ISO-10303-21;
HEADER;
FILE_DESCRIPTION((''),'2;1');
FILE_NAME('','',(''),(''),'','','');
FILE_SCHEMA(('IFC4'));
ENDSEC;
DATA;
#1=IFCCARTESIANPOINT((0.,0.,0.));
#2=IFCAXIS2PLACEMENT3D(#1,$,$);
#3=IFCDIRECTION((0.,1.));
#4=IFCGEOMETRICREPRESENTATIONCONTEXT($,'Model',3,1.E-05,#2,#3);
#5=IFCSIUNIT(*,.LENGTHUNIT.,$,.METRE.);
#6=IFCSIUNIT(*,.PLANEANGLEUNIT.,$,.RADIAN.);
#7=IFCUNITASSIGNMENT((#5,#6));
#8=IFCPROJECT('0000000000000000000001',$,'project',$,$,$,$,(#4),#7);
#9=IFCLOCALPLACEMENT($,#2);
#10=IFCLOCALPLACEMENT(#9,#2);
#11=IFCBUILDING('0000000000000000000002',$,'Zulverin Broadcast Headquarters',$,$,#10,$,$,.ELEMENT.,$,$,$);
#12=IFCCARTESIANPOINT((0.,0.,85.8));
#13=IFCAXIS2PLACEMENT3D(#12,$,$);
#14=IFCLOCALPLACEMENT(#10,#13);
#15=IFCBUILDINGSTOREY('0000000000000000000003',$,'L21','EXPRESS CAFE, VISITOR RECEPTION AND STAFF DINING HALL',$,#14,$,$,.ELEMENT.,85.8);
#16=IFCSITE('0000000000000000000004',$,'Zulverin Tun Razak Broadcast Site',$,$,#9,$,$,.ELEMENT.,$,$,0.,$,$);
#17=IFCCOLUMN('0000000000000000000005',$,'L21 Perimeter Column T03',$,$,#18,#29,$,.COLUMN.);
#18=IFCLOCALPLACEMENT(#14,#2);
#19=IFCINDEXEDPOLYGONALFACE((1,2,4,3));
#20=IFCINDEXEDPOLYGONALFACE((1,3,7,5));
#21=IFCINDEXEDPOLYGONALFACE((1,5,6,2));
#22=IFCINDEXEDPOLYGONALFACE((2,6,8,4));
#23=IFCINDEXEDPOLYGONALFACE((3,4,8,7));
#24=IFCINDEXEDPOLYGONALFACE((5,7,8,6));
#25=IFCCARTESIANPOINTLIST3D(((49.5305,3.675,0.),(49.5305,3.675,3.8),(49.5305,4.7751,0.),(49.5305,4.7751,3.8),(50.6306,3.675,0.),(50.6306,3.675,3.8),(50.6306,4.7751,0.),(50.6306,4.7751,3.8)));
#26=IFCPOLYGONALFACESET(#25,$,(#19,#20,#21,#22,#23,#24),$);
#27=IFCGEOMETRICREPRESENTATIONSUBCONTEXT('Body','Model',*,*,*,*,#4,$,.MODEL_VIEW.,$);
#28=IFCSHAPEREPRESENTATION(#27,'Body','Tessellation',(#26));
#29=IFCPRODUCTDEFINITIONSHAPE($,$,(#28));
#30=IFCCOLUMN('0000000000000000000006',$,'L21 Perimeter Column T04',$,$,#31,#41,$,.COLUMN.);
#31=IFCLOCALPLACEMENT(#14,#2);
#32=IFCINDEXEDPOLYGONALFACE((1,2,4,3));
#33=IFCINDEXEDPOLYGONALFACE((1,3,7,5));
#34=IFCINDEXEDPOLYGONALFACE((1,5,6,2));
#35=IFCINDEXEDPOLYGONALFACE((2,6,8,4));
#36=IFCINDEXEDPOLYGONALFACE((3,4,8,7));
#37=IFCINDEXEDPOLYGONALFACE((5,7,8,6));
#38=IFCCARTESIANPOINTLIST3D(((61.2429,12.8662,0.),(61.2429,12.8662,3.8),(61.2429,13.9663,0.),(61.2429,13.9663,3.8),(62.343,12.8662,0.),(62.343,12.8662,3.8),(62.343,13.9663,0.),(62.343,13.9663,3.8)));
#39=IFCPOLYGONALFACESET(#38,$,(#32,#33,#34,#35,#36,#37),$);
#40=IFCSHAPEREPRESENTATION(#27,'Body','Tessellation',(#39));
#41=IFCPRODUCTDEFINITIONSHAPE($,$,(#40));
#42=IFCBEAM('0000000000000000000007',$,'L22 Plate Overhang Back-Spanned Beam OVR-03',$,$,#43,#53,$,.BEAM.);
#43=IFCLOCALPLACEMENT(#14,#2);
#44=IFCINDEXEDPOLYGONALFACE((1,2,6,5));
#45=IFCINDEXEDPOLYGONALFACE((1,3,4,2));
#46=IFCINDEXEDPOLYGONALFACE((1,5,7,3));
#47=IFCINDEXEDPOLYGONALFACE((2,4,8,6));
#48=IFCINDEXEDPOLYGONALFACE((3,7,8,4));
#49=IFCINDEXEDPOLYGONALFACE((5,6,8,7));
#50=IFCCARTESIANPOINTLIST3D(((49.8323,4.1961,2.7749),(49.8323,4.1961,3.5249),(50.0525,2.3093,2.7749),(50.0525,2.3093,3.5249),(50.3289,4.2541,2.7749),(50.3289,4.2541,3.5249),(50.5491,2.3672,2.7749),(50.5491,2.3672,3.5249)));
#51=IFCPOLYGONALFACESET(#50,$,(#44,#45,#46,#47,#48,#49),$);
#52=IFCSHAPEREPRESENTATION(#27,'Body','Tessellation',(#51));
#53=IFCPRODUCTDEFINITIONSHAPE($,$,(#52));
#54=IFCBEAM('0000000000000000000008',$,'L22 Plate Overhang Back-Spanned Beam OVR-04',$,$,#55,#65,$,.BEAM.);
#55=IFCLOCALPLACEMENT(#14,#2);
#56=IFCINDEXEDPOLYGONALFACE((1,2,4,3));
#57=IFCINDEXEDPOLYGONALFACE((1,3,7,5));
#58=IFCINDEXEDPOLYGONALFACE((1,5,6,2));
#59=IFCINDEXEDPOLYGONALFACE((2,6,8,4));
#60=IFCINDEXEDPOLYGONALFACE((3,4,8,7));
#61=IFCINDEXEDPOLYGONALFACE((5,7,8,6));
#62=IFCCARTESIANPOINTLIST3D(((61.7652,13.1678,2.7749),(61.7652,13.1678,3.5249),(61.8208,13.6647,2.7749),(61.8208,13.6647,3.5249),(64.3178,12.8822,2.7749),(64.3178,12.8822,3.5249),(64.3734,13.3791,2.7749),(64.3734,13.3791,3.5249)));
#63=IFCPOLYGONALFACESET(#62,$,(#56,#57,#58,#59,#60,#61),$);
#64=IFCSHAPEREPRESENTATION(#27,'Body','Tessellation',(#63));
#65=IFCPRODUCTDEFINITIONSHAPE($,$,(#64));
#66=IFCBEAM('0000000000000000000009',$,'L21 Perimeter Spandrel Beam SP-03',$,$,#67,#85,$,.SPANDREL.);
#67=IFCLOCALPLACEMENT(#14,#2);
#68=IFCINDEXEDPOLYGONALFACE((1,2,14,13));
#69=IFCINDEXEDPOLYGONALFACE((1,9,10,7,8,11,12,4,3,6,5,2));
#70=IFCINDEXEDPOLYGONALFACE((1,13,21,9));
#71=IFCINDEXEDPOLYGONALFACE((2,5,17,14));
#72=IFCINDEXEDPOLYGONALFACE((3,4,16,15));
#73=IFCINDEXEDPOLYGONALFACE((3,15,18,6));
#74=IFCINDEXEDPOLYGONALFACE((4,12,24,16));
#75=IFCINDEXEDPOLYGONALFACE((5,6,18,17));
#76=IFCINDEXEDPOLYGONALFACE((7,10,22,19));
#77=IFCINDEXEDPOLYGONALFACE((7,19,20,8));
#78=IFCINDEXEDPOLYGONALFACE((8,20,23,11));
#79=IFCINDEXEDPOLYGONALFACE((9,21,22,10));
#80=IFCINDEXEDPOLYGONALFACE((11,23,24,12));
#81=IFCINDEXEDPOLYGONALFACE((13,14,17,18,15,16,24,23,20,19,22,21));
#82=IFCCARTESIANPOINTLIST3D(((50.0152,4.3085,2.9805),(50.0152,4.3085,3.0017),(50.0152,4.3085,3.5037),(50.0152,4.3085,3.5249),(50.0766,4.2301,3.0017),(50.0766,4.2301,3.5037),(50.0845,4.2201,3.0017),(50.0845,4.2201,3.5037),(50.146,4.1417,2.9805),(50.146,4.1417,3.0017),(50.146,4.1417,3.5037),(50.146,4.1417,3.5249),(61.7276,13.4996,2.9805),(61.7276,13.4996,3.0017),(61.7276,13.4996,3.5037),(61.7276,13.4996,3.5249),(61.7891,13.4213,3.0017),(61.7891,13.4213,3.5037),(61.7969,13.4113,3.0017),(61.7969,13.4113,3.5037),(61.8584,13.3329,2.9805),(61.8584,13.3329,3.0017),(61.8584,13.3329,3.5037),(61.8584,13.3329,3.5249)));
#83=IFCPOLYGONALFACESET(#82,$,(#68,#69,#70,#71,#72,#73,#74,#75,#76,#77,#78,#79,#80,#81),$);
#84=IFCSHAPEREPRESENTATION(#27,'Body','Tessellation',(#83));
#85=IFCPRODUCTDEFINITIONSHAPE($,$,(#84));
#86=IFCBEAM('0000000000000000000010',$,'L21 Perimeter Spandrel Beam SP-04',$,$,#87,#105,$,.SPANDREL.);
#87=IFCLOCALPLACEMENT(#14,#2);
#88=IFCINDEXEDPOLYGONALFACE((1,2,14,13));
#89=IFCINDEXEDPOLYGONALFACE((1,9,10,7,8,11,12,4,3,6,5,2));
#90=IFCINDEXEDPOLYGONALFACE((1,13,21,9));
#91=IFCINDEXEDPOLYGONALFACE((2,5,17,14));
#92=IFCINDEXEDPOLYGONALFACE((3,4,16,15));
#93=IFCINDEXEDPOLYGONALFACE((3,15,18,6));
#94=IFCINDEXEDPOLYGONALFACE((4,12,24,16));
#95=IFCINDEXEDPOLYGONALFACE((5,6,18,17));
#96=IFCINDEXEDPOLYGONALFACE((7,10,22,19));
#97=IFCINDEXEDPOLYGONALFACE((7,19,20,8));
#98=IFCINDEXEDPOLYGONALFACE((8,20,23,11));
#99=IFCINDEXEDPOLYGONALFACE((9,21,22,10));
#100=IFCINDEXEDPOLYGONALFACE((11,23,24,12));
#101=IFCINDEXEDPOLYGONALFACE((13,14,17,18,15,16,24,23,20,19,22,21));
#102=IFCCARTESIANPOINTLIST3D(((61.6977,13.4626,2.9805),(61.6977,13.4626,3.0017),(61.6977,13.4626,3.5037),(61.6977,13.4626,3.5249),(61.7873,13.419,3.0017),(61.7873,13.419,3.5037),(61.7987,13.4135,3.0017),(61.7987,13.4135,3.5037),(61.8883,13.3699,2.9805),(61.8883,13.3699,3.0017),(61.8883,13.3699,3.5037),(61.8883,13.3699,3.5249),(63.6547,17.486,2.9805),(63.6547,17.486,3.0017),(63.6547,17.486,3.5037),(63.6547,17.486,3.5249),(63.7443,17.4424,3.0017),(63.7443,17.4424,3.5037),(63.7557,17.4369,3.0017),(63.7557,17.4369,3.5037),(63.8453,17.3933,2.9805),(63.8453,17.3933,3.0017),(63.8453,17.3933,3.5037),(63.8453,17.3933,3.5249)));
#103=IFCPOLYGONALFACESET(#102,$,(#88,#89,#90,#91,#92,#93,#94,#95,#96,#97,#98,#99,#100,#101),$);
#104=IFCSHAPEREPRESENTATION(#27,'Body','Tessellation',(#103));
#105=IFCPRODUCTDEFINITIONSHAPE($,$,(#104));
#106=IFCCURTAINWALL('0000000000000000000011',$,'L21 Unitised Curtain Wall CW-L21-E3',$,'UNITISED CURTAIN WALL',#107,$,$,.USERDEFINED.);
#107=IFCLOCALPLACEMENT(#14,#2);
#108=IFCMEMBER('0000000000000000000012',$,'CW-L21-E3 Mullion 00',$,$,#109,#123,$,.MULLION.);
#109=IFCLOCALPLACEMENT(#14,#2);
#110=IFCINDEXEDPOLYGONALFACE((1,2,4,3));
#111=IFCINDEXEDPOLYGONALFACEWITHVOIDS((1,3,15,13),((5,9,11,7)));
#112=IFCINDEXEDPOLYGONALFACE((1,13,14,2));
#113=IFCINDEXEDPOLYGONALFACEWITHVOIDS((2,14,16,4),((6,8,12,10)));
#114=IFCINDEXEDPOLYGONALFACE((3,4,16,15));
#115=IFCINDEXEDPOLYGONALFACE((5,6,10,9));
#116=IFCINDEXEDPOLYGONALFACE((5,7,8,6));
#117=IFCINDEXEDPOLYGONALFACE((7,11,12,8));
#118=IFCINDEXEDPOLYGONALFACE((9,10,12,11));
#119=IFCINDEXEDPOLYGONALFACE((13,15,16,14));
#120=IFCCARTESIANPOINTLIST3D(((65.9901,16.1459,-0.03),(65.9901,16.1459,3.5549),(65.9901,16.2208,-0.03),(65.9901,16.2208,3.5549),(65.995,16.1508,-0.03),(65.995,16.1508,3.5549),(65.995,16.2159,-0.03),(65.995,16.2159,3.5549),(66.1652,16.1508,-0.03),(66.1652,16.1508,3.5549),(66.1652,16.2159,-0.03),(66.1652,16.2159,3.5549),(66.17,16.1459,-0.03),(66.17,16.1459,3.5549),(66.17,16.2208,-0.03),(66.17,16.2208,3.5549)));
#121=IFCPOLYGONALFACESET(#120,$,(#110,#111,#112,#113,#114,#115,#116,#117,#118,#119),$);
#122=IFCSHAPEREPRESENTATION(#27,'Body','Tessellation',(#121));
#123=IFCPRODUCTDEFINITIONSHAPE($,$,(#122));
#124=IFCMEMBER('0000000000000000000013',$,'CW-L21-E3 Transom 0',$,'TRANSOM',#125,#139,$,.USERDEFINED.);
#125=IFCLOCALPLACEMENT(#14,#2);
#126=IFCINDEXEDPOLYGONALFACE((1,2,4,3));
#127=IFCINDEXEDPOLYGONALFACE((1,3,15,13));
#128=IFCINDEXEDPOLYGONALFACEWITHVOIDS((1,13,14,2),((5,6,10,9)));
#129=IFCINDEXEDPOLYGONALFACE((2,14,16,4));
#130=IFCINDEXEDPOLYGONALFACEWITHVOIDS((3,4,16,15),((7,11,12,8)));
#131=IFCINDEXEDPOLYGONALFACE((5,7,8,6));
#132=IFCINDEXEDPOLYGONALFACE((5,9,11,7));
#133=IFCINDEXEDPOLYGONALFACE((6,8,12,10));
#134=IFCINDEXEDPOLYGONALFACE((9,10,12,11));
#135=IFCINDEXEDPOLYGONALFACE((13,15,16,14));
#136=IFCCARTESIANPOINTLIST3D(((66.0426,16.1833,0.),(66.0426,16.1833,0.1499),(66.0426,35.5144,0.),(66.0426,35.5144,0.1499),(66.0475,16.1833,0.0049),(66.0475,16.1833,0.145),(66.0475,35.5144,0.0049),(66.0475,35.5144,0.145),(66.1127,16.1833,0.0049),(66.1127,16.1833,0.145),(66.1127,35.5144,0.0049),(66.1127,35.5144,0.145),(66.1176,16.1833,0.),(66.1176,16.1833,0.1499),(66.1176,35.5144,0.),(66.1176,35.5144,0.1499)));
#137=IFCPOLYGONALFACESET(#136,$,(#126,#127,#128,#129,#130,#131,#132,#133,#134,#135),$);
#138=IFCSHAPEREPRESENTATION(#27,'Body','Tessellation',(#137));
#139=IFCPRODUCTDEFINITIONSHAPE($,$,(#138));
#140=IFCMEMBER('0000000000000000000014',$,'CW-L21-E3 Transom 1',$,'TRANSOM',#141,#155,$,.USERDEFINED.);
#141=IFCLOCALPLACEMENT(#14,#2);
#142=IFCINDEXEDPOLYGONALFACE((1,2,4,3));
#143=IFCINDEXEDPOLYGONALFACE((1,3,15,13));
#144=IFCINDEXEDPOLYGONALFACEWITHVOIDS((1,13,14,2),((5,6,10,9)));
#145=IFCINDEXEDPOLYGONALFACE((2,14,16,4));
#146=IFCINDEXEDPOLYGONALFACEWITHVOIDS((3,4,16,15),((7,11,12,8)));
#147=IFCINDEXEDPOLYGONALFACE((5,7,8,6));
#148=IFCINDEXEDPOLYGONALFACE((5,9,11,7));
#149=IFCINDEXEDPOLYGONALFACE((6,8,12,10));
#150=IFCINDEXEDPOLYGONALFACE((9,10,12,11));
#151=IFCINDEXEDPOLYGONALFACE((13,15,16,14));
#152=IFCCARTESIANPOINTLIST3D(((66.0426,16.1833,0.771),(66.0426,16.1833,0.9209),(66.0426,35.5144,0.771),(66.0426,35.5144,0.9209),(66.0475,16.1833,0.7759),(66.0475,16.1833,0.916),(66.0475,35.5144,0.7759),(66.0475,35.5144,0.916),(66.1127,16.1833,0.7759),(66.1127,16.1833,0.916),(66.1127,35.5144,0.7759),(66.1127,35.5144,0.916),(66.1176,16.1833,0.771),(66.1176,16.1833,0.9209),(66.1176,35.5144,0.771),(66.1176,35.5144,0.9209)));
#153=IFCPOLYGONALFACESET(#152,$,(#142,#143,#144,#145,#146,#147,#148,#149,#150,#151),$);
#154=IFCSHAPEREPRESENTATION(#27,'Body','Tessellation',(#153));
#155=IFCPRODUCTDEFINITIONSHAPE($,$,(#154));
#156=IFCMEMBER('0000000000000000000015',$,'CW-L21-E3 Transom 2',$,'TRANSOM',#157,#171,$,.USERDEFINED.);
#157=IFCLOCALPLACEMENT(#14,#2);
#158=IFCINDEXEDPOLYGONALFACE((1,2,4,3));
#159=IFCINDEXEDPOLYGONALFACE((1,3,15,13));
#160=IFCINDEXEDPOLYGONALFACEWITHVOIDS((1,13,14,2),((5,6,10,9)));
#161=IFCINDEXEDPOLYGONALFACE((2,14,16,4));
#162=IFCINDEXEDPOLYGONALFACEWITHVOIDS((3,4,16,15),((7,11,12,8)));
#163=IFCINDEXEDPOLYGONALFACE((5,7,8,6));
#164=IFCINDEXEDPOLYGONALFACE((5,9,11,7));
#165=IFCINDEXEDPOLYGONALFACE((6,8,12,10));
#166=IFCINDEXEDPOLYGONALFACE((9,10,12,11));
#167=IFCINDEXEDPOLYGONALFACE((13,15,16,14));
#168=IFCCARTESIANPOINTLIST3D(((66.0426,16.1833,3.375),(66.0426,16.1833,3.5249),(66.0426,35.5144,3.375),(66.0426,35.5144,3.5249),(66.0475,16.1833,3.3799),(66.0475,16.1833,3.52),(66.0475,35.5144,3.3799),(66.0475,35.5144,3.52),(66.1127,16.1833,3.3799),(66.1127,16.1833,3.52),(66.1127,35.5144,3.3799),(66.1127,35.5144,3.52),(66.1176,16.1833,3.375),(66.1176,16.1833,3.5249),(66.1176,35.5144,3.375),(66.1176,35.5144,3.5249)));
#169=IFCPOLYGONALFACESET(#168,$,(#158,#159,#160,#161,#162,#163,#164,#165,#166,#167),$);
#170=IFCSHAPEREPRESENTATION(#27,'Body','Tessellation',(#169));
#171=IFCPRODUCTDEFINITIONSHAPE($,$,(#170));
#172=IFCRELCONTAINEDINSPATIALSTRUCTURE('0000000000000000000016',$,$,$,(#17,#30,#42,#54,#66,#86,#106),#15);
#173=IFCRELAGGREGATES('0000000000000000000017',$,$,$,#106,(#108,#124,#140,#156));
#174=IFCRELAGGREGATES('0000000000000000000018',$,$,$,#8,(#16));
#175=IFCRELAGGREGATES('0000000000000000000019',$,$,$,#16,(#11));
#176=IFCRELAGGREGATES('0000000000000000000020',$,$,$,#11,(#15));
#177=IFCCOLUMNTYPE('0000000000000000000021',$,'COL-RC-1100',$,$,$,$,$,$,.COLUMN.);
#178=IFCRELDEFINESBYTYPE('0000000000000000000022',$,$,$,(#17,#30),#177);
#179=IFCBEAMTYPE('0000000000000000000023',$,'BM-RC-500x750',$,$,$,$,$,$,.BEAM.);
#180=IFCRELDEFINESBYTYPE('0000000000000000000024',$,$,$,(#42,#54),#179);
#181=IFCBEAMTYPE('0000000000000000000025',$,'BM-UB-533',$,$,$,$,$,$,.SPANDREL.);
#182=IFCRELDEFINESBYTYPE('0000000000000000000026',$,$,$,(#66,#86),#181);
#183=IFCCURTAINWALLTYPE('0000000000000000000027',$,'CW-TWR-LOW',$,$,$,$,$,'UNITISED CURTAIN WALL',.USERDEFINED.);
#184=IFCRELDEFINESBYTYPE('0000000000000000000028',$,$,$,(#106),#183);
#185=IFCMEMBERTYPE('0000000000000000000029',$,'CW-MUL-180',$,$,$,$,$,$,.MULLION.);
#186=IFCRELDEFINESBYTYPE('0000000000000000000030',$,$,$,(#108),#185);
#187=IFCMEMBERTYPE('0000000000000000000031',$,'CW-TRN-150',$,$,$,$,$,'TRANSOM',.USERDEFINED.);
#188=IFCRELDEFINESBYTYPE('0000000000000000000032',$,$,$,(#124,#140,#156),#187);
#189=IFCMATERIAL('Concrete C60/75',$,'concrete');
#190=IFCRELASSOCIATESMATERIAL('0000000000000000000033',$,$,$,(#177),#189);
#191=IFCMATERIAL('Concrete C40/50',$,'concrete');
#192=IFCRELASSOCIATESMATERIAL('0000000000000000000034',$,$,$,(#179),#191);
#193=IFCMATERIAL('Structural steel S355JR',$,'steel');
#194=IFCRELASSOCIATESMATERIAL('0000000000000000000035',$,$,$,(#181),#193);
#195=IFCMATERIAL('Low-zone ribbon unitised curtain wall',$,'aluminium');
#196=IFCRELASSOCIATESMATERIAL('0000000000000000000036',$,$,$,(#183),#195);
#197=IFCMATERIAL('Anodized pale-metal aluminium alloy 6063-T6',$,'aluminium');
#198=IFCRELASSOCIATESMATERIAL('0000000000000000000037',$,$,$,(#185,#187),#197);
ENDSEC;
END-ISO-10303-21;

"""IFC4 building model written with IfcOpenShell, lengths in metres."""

from ifc_helpers import new_model, si_unit, direction, frame, origin, origin_2d, place, context, subcontext, project, spatial, rectangle, hollow_rectangle, i_section, extrude, material, material_profile, profile_set, type_object, element, aggregate, save


model = new_model("IFC4")

# Units and contexts
model_context = context("Model", 3, precision=1e-05, world=origin(), true_north=direction((0.0, 1.0)))
body_context = subcontext(model_context, "Body", "Model", "MODEL_VIEW")
ifc_project = project(units=[si_unit("LENGTHUNIT", "METRE"), si_unit("PLANEANGLEUNIT", "RADIAN")], contexts=[model_context])

# Site, building, storey
site_placement = place(None, origin())
site = spatial("IfcSite", under=ifc_project, at=site_placement, Name="Zulverin Tun Razak Broadcast Site", CompositionType="ELEMENT", RefElevation=0.0)
building_placement = place(site_placement, origin())
building = spatial("IfcBuilding", under=site, at=building_placement, Name="Zulverin Broadcast Headquarters", CompositionType="ELEMENT")
storey_placement = place(building_placement, frame((0.0, 0.0, 85.8)))
storey = spatial("IfcBuildingStorey", under=building, at=storey_placement, Name="L21", Description="EXPRESS CAFE, VISITOR RECEPTION AND STAFF DINING HALL", CompositionType="ELEMENT", Elevation=85.8)

# Columns
ifc_material_1 = material(Name="Concrete C60/75", Category="concrete")
ifc_material_profile_1 = material_profile(ifc_material_1, rectangle(XDim=1.1001, YDim=1.1001, at=origin_2d()), Name="Concrete C60/75", Category="concrete")
ifc_profile_set_1 = profile_set([ifc_material_profile_1], Name="Concrete C60/75")
column_type = type_object("IfcColumnType", Name="COL-RC-1100", PredefinedType="COLUMN", material=ifc_profile_set_1)
for number, where, z_axis, x_axis, name in (
    (1, (50.0806, 4.2251, 0.0), (0.0, 0.0, 1.0), (1.0, 0.0, 0.0), "L21 Perimeter Column T03"),
    (2, (61.793, 13.4163, 0.0), (0.0, 0.0, 1.0), (1.0, 0.0, 0.0), "L21 Perimeter Column T04"),
):
    element("IfcColumn", number, at=place(storey_placement, frame(where, z_axis=z_axis, x_axis=x_axis)), inside=storey, type_object=column_type, Name=name, PredefinedType="COLUMN", context=body_context, shape_type="SweptSolid", body=[
        extrude(rectangle(XDim=1.1001, YDim=1.1001, at=origin_2d()), origin(), (0.0, 0.0, 1.0), 3.8),
    ])

# Beams
ifc_material_2 = material(Name="Concrete C40/50", Category="concrete")
ifc_material_profile_2 = material_profile(ifc_material_2, rectangle(XDim=0.5, YDim=0.75, at=origin_2d()), Name="Concrete C40/50", Category="concrete")
ifc_profile_set_2 = profile_set([ifc_material_profile_2], Name="Concrete C40/50")
beam_type_1 = type_object("IfcBeamType", Name="BM-RC-500x750", PredefinedType="BEAM", material=ifc_profile_set_2)
beam_1_placement = place(storey_placement, frame((50.0806, 4.2251, 3.1499), z_axis=(0.115917, -0.993259, 0.0), x_axis=(0.993259, 0.115917, 0.0)))
element("IfcBeam", 3, at=beam_1_placement, inside=storey, type_object=beam_type_1, Name="L22 Plate Overhang Back-Spanned Beam OVR-03", PredefinedType="BEAM", context=body_context, shape_type="SweptSolid", body=[
    extrude(rectangle(XDim=0.5, YDim=0.75, at=origin_2d()), origin(), (0.0, 0.0, 1.0), 1.8997),
])
beam_2_placement = place(storey_placement, frame((61.793, 13.4163, 3.1499), z_axis=(0.993798, -0.111203, 0.0), x_axis=(0.111203, 0.993798, 0.0)))
element("IfcBeam", 4, at=beam_2_placement, inside=storey, type_object=beam_type_1, Name="L22 Plate Overhang Back-Spanned Beam OVR-04", PredefinedType="BEAM", context=body_context, shape_type="SweptSolid", body=[
    extrude(rectangle(XDim=0.5, YDim=0.75, at=origin_2d()), origin(), (0.0, 0.0, 1.0), 2.5686),
])
ifc_material_3 = material(Name="Structural steel S355JR", Category="steel")
ifc_material_profile_3 = material_profile(ifc_material_3, i_section(OverallWidth=0.2119, OverallDepth=0.5444, WebThickness=0.0127, FlangeThickness=0.0212, at=origin_2d()), Name="Structural steel S355JR", Category="steel")
ifc_profile_set_3 = profile_set([ifc_material_profile_3], Name="Structural steel S355JR")
beam_type_2 = type_object("IfcBeamType", Name="BM-UB-533", PredefinedType="SPANDREL", material=ifc_profile_set_3)
beam_3_placement = place(storey_placement, frame((50.0806, 4.2251, 3.2527), z_axis=(0.786691, 0.617346, 0.0), x_axis=(-0.617346, 0.786691, 0.0)))
element("IfcBeam", 5, at=beam_3_placement, inside=storey, type_object=beam_type_2, Name="L21 Perimeter Spandrel Beam SP-03", PredefinedType="SPANDREL", context=body_context, shape_type="SweptSolid", body=[
    extrude(i_section(OverallWidth=0.2119, OverallDepth=0.5444, WebThickness=0.0127, FlangeThickness=0.0212, at=origin_2d()), origin(), (0.0, 0.0, 1.0), 14.8882),
])
beam_4_placement = place(storey_placement, frame((61.793, 13.4163, 3.2527), z_axis=(0.437408, 0.899263, 0.0), x_axis=(-0.899263, 0.437408, 0.0)))
element("IfcBeam", 6, at=beam_4_placement, inside=storey, type_object=beam_type_2, Name="L21 Perimeter Spandrel Beam SP-04", PredefinedType="SPANDREL", context=body_context, shape_type="SweptSolid", body=[
    extrude(i_section(OverallWidth=0.2119, OverallDepth=0.5444, WebThickness=0.0127, FlangeThickness=0.0212, at=origin_2d()), origin(), (0.0, 0.0, 1.0), 4.4741),
])

# Curtain wall, members
ifc_material_4 = material(Name="Low-zone ribbon unitised curtain wall", Category="aluminium")
curtain_wall_type = type_object("IfcCurtainWallType", Name="CW-TWR-LOW", ElementType="UNITISED CURTAIN WALL", PredefinedType="USERDEFINED", material=ifc_material_4)
curtain_wall_placement = place(storey_placement, origin())
curtain_wall = element("IfcCurtainWall", 7, at=curtain_wall_placement, inside=storey, type_object=curtain_wall_type, Name="L21 Unitised Curtain Wall CW-L21-E3", ObjectType="UNITISED CURTAIN WALL", PredefinedType="USERDEFINED")
ifc_material_5 = material(Name="Anodized pale-metal aluminium alloy 6063-T6", Category="aluminium")
ifc_material_profile_4 = material_profile(ifc_material_5, hollow_rectangle(XDim=0.075, YDim=0.1799, WallThickness=0.0049, at=origin_2d()), Name="Anodized pale-metal aluminium alloy 6063-T6", Category="aluminium")
ifc_profile_set_4 = profile_set([ifc_material_profile_4], Name="Anodized pale-metal aluminium alloy 6063-T6")
member_type_1 = type_object("IfcMemberType", Name="CW-MUL-180", PredefinedType="MULLION", material=ifc_profile_set_4)
member_1_placement = place(storey_placement, frame((66.0801, 16.1833, -0.03), z_axis=(0.0, 0.0, 1.0), x_axis=(0.0, 1.0, 0.0)))
member_1 = element("IfcMember", 8, at=member_1_placement, type_object=member_type_1, Name="CW-L21-E3 Mullion 00", PredefinedType="MULLION", context=body_context, shape_type="SweptSolid", body=[
    extrude(hollow_rectangle(XDim=0.075, YDim=0.1799, WallThickness=0.0049, at=origin_2d()), origin(), (0.0, 0.0, 1.0), 3.585),
])
ifc_material_profile_5 = material_profile(ifc_material_5, hollow_rectangle(XDim=0.075, YDim=0.1499, WallThickness=0.0049, at=origin_2d()), Name="Anodized pale-metal aluminium alloy 6063-T6", Category="aluminium")
ifc_profile_set_5 = profile_set([ifc_material_profile_5], Name="Anodized pale-metal aluminium alloy 6063-T6")
member_type_2 = type_object("IfcMemberType", Name="CW-TRN-150", ElementType="TRANSOM", PredefinedType="USERDEFINED", material=ifc_profile_set_5)
member_2_placement = place(storey_placement, frame((66.0801, 16.1833, 0.075), z_axis=(0.0, 1.0, 0.0), x_axis=(-1.0, 0.0, 0.0)))
member_2 = element("IfcMember", 9, at=member_2_placement, type_object=member_type_2, Name="CW-L21-E3 Transom 0", ObjectType="TRANSOM", PredefinedType="USERDEFINED", context=body_context, shape_type="SweptSolid", body=[
    extrude(hollow_rectangle(XDim=0.075, YDim=0.1499, WallThickness=0.0049, at=origin_2d()), origin(), (0.0, 0.0, 1.0), 19.3311),
])
member_3_placement = place(storey_placement, frame((66.0801, 16.1833, 0.8459), z_axis=(0.0, 1.0, 0.0), x_axis=(-1.0, 0.0, 0.0)))
member_3 = element("IfcMember", 10, at=member_3_placement, type_object=member_type_2, Name="CW-L21-E3 Transom 1", ObjectType="TRANSOM", PredefinedType="USERDEFINED", context=body_context, shape_type="SweptSolid", body=[
    extrude(hollow_rectangle(XDim=0.075, YDim=0.1499, WallThickness=0.0049, at=origin_2d()), origin(), (0.0, 0.0, 1.0), 19.3311),
])
member_4_placement = place(storey_placement, frame((66.0801, 16.1833, 3.45), z_axis=(0.0, 1.0, 0.0), x_axis=(-1.0, 0.0, 0.0)))
member_4 = element("IfcMember", 11, at=member_4_placement, type_object=member_type_2, Name="CW-L21-E3 Transom 2", ObjectType="TRANSOM", PredefinedType="USERDEFINED", context=body_context, shape_type="SweptSolid", body=[
    extrude(hollow_rectangle(XDim=0.075, YDim=0.1499, WallThickness=0.0049, at=origin_2d()), origin(), (0.0, 0.0, 1.0), 19.3311),
])
aggregate(curtain_wall, [member_1, member_2, member_3, member_4])

save(model, "model.ifc")
